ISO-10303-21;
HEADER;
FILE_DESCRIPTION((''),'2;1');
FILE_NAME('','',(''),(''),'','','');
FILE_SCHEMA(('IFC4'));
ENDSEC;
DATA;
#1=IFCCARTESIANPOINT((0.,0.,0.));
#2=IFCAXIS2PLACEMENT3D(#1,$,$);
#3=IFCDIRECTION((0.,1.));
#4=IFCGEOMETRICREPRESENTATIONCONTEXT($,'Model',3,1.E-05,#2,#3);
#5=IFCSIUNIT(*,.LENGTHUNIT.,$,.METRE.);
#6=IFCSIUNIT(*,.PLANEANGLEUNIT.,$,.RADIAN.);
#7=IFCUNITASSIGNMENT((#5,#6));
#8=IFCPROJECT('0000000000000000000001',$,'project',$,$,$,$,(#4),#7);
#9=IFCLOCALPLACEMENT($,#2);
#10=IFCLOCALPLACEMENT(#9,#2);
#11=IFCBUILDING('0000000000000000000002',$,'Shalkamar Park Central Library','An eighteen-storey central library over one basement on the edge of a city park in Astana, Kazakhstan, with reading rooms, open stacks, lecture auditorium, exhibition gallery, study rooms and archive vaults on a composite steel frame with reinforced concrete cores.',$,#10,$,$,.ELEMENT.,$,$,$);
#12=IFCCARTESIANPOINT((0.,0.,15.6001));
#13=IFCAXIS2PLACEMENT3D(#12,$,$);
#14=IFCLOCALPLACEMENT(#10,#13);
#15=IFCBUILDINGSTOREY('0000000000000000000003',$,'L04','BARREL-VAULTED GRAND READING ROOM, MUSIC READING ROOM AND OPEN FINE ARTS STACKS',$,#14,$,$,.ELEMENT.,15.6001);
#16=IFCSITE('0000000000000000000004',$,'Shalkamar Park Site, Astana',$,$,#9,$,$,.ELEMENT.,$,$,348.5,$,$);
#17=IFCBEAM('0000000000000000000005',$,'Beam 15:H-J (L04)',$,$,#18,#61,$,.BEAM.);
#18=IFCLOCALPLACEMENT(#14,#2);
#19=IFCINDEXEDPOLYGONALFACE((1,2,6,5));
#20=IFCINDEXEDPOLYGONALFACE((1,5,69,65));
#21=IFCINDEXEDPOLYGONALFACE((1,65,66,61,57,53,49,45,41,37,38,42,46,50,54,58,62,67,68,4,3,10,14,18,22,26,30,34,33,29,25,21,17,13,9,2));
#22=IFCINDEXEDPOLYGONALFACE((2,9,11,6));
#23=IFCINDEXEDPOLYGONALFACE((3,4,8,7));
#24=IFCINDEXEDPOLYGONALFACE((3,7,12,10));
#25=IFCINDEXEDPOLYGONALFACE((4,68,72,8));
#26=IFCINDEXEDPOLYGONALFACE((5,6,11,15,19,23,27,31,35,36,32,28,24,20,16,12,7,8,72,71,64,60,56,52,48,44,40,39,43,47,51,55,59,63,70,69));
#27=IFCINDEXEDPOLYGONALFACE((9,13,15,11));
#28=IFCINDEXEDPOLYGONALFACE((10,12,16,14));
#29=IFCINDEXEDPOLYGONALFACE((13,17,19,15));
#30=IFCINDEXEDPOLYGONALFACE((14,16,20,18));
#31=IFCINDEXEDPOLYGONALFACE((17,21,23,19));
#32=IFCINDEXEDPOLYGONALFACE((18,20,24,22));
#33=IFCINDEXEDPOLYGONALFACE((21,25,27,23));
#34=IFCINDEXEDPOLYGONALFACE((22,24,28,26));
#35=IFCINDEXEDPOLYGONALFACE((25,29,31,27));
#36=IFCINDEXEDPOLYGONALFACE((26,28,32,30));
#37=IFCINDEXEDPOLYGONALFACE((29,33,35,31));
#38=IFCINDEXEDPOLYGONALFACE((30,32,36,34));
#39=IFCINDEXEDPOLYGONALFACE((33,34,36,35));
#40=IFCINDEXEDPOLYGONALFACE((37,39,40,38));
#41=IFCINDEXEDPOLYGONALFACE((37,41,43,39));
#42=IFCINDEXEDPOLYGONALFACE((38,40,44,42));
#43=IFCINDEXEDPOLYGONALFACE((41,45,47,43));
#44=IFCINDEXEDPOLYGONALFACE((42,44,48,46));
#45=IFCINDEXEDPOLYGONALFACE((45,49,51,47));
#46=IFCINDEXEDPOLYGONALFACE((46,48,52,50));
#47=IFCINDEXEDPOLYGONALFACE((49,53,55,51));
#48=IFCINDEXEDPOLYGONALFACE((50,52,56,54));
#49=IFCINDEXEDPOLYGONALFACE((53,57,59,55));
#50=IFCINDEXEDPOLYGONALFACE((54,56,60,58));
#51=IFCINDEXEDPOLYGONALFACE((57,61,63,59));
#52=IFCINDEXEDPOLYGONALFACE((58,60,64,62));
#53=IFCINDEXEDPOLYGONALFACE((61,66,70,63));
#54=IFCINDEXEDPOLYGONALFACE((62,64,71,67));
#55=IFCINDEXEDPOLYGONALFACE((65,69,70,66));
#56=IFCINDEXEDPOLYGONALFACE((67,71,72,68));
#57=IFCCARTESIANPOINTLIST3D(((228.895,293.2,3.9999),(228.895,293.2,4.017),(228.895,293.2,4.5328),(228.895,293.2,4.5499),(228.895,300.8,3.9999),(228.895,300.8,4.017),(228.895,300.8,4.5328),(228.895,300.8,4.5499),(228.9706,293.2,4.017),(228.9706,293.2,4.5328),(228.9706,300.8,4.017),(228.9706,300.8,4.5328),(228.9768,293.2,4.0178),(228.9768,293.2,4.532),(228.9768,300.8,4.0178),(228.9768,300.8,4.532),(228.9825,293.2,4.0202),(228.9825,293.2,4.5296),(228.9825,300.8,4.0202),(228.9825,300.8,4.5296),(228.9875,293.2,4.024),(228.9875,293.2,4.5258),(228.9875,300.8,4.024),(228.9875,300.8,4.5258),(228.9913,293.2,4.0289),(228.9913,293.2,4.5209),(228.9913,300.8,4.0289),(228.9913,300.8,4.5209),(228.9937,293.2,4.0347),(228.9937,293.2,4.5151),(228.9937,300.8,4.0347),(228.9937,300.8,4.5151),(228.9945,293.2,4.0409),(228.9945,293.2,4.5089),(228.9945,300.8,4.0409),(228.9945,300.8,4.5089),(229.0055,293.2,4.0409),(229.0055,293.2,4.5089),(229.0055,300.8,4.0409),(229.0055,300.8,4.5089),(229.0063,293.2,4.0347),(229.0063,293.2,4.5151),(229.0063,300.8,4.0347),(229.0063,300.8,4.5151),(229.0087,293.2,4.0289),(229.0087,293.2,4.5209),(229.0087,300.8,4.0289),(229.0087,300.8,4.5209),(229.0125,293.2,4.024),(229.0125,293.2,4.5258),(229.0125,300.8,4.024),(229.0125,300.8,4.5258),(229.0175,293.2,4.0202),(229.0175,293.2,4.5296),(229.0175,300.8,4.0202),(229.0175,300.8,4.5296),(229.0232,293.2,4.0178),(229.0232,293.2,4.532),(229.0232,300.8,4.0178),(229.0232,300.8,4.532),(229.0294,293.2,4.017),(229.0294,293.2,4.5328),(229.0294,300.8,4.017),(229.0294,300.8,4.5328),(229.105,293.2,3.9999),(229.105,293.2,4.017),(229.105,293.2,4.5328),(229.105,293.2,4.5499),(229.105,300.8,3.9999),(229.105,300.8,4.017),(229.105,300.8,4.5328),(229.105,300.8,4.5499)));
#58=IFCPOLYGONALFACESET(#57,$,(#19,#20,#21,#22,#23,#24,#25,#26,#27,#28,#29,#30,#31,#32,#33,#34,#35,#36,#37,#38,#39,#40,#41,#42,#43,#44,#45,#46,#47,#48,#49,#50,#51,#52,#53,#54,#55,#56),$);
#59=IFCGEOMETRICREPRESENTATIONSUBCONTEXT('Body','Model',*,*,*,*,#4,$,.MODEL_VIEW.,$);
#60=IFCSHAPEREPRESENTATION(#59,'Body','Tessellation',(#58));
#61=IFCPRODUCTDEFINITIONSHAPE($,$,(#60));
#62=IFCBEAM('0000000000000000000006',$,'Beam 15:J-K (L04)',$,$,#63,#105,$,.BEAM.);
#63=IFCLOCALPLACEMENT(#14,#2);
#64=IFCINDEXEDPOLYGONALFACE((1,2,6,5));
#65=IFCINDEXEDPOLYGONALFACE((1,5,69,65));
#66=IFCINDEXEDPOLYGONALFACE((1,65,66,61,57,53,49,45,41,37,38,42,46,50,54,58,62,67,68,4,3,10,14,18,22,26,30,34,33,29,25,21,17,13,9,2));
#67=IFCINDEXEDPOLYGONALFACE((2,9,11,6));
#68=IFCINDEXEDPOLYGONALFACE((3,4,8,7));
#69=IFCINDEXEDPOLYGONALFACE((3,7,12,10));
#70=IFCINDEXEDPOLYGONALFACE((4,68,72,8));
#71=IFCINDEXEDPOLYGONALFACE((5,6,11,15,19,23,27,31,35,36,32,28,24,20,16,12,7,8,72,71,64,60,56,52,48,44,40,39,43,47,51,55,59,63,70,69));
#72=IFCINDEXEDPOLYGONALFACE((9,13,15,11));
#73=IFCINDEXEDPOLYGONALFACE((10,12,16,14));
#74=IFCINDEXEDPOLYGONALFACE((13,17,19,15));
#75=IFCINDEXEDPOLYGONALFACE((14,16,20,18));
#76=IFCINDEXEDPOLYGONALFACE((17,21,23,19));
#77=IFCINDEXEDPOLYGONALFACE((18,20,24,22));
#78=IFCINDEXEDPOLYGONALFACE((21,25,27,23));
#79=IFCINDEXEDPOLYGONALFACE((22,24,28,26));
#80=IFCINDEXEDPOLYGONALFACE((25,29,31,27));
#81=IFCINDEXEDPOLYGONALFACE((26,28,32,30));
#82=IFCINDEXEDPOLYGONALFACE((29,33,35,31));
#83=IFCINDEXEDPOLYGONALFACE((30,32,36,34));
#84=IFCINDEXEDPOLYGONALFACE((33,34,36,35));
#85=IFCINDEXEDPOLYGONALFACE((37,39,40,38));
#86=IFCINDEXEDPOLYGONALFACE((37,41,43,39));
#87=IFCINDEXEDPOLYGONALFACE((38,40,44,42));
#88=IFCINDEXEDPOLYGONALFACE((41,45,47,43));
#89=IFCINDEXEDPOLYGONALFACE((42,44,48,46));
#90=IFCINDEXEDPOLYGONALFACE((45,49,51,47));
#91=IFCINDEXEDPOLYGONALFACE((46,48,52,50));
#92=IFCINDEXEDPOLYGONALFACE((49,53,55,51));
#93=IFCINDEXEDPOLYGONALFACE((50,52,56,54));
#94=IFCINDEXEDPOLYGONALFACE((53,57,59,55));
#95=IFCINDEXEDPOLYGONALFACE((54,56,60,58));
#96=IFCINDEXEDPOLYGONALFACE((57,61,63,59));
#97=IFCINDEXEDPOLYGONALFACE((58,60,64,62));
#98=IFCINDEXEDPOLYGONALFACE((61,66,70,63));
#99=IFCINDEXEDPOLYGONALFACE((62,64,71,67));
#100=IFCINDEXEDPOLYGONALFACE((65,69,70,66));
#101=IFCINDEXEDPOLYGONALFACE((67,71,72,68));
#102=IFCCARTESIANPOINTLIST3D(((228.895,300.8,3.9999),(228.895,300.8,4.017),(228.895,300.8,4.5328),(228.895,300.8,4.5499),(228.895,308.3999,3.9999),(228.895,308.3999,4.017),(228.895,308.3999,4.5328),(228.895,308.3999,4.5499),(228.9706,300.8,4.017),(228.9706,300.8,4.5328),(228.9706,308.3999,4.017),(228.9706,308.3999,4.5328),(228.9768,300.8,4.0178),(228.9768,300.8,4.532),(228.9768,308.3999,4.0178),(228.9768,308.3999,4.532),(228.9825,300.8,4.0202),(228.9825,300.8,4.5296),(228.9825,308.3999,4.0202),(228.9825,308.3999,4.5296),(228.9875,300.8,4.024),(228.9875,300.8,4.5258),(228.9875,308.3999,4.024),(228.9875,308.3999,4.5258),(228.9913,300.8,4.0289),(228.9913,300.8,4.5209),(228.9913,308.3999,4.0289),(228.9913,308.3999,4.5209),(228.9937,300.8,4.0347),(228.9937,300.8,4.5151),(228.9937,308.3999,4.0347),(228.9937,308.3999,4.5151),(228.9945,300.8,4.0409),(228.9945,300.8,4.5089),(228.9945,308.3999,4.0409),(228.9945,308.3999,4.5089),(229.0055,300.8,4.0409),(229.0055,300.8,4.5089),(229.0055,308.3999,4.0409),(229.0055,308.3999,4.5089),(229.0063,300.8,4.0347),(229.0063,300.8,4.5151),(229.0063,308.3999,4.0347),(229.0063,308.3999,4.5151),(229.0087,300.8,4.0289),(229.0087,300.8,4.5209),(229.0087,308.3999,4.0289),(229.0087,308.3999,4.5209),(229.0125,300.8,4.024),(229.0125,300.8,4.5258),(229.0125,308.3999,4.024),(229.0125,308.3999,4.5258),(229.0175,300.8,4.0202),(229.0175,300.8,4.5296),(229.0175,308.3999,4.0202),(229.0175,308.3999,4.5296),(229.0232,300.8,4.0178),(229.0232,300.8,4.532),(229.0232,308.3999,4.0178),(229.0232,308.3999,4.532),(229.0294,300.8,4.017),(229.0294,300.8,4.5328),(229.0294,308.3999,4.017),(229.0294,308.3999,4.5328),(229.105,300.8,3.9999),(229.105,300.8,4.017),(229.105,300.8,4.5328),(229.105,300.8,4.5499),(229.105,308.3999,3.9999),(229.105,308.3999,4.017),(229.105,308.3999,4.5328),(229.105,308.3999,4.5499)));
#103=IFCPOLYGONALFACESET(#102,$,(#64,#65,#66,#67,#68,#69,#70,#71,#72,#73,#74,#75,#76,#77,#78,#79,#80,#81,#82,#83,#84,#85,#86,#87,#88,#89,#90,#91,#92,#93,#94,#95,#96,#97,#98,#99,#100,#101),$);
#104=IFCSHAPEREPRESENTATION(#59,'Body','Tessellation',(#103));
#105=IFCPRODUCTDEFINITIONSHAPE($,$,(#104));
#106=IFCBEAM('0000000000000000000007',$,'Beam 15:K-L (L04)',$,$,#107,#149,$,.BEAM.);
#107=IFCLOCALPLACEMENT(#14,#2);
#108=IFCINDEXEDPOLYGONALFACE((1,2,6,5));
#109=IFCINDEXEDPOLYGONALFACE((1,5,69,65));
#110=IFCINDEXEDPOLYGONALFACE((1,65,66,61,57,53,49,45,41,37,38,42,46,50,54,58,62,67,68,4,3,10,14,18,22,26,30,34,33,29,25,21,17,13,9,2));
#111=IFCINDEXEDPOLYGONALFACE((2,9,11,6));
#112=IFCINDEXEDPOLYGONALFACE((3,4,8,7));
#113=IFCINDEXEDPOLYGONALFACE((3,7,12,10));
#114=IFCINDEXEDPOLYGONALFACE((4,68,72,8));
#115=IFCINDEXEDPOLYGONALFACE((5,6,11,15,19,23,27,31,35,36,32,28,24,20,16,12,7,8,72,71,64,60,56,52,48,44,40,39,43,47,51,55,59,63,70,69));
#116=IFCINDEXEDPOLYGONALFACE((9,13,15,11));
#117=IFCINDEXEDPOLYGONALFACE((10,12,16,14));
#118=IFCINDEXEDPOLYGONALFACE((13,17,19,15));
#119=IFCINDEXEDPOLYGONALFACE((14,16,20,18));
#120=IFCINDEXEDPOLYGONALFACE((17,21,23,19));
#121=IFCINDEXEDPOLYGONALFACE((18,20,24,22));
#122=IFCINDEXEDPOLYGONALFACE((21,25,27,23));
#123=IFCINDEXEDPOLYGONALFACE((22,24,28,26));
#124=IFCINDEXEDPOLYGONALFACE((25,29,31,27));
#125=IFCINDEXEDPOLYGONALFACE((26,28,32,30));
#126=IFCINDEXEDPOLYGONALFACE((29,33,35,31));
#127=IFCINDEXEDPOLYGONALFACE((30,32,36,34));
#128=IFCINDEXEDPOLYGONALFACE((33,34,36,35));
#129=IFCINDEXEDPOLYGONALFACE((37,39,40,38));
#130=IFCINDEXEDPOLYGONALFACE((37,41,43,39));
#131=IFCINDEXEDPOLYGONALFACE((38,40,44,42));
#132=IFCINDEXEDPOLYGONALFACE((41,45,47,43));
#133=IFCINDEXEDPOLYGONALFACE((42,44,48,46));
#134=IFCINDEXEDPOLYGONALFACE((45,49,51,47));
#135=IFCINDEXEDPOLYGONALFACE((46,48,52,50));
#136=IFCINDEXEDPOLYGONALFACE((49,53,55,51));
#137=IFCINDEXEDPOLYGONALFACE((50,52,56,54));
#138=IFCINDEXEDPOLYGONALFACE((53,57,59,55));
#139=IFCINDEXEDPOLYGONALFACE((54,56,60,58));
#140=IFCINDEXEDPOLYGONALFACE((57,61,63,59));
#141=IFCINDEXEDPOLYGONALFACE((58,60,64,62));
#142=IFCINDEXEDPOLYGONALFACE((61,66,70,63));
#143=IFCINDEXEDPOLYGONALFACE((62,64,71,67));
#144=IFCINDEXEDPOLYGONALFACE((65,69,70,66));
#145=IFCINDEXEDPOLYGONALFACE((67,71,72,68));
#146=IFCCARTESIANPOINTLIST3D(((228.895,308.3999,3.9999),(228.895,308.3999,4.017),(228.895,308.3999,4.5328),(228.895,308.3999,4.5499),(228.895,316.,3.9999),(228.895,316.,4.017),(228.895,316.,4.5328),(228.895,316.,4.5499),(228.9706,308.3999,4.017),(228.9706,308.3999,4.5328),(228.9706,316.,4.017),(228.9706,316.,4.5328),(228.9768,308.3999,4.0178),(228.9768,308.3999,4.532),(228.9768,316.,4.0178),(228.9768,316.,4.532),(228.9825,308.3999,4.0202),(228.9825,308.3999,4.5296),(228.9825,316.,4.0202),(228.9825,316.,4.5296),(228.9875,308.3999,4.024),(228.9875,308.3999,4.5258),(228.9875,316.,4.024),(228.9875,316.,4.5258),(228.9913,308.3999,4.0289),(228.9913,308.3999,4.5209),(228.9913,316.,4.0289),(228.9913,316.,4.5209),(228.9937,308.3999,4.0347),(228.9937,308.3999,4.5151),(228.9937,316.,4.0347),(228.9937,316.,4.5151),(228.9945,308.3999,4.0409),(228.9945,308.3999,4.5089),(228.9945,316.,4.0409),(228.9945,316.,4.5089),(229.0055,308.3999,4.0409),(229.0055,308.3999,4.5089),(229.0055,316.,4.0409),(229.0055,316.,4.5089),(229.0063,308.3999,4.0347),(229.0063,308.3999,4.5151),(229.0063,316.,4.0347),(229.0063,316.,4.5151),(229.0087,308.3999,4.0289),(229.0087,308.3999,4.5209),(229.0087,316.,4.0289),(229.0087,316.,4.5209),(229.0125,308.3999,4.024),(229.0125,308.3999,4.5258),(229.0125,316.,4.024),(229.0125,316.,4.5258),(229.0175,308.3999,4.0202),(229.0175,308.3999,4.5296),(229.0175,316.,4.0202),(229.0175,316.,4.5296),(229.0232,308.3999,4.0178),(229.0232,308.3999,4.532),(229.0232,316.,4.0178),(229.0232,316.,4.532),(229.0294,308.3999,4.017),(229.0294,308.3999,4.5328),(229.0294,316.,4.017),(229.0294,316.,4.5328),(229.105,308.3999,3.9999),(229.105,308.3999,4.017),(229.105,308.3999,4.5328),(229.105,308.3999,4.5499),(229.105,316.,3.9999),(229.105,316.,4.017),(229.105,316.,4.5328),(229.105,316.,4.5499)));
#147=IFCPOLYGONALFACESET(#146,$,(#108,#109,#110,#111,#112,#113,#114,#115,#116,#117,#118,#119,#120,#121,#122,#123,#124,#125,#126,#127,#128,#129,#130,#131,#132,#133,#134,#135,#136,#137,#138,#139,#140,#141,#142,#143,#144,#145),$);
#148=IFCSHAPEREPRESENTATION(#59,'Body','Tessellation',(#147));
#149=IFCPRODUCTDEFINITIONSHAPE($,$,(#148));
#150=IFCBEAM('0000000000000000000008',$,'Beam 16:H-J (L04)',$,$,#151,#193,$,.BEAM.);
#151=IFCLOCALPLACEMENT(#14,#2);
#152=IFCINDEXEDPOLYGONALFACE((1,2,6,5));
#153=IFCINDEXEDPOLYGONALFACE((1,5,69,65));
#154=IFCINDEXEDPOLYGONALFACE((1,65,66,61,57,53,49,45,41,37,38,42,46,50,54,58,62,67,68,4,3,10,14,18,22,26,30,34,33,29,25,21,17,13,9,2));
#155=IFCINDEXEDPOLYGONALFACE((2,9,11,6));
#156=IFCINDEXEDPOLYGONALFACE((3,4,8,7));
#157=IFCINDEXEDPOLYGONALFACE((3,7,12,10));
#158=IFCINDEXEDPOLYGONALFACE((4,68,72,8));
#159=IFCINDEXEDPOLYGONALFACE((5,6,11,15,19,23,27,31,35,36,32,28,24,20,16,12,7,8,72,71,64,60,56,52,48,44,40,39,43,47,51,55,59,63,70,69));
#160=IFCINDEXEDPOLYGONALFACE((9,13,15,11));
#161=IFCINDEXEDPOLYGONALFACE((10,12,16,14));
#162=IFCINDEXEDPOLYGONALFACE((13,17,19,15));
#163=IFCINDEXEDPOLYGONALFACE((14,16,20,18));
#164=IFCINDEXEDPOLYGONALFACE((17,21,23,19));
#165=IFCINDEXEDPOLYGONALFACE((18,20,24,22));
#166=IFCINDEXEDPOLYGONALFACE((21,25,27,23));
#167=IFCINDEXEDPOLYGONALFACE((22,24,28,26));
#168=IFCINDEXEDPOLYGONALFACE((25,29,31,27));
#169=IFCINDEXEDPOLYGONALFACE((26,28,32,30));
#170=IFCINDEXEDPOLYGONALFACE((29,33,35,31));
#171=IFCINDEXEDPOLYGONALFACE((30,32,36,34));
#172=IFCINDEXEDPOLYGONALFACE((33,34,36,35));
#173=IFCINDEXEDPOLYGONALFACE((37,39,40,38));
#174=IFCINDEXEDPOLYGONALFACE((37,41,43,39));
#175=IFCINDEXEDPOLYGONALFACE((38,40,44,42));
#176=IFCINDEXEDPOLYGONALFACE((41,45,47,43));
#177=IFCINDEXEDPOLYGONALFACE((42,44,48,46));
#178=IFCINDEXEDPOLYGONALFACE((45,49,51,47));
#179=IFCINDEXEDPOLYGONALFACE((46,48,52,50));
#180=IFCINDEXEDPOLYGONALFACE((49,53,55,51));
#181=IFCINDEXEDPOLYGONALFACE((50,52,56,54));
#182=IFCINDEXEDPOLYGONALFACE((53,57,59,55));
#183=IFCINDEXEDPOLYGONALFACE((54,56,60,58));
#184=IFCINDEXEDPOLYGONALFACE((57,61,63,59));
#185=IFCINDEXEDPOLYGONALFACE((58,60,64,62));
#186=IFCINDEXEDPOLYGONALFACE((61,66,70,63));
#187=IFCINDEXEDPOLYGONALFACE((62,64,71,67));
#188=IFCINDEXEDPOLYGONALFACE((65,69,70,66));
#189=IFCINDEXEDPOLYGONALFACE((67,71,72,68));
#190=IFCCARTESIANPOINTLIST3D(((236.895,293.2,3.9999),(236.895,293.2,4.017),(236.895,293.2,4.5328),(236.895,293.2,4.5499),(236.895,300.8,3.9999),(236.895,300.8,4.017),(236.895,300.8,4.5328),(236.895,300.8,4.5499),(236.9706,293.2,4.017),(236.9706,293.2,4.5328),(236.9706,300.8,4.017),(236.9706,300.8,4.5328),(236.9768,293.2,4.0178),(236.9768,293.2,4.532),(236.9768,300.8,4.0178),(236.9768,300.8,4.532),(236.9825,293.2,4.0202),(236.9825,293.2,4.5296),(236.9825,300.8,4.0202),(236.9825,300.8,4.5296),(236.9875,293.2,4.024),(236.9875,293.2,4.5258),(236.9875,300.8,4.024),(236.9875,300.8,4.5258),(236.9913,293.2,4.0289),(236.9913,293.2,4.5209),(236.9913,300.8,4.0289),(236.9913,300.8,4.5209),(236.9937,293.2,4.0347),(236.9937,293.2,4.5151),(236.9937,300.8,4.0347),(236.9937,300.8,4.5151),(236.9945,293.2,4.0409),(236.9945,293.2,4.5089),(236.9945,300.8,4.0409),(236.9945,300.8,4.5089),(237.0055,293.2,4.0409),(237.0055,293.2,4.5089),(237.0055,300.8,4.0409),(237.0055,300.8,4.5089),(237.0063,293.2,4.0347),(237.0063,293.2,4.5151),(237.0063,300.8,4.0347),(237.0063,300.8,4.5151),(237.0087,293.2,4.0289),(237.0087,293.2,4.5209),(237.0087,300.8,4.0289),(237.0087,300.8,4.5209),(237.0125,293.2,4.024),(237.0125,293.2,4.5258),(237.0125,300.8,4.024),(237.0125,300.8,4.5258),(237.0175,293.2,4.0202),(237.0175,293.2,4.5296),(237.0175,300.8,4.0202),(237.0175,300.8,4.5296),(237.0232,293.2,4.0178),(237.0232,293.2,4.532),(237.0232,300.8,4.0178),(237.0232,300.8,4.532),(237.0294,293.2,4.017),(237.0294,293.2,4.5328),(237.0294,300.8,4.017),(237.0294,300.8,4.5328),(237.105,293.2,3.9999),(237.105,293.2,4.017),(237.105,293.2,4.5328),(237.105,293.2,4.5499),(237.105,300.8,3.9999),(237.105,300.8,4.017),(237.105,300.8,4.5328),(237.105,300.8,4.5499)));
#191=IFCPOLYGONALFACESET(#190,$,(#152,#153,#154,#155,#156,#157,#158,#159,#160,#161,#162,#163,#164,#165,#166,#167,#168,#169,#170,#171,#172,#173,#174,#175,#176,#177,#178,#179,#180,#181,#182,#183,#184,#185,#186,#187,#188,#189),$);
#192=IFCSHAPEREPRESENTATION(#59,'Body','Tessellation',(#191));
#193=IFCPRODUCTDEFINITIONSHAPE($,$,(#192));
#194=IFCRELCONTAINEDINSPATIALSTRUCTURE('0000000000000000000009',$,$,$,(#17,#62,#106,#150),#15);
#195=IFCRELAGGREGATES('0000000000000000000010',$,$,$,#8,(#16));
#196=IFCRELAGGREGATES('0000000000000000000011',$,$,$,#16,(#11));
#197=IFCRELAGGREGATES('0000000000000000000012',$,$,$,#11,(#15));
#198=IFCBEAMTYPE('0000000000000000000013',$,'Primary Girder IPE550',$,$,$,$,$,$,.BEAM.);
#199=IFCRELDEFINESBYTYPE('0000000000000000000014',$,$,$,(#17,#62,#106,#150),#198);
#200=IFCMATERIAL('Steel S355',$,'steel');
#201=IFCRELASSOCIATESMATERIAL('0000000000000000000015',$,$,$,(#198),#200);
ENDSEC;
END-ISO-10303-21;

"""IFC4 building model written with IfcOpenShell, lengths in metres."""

from ifc_helpers import new_model, si_unit, direction, frame, origin, origin_2d, place, context, subcontext, project, spatial, i_section, extrude, material, material_profile, profile_set, type_object, element, save


model = new_model("IFC4")

# Units and contexts
model_context = context("Model", 3, precision=1e-05, world=origin(), true_north=direction((0.0, 1.0)))
body_context = subcontext(model_context, "Body", "Model", "MODEL_VIEW")
ifc_project = project(units=[si_unit("LENGTHUNIT", "METRE"), si_unit("PLANEANGLEUNIT", "RADIAN")], contexts=[model_context])

# Site, building, storey
site_placement = place(None, origin())
site = spatial("IfcSite", under=ifc_project, at=site_placement, Name="Shalkamar Park Site, Astana", CompositionType="ELEMENT", RefElevation=348.5)
building_placement = place(site_placement, origin())
building = spatial("IfcBuilding", under=site, at=building_placement, Name="Shalkamar Park Central Library", Description="An eighteen-storey central library over one basement on the edge of a city park in Astana, Kazakhstan, with reading rooms, open stacks, lecture auditorium, exhibition gallery, study rooms and archive vaults on a composite steel frame with reinforced concrete cores.", CompositionType="ELEMENT")
storey_placement = place(building_placement, frame((0.0, 0.0, 15.6001)))
storey = spatial("IfcBuildingStorey", under=building, at=storey_placement, Name="L04", Description="BARREL-VAULTED GRAND READING ROOM, MUSIC READING ROOM AND OPEN FINE ARTS STACKS", CompositionType="ELEMENT", Elevation=15.6001)

# Shared definitions
ifc_material = material(Name="Steel S355", Category="steel")

# Beams
ifc_material_profile_1 = material_profile(ifc_material, i_section(OverallWidth=0.21, OverallDepth=0.55, WebThickness=0.011, FlangeThickness=0.0171, FilletRadius=0.0239, at=origin_2d()), Name="IPE 550")
ifc_profile_set_1 = profile_set([ifc_material_profile_1], Name="Steel S355")
beam_type_1 = type_object("IfcBeamType", Name="Primary Girder IPE550", PredefinedType="BEAM", material=ifc_profile_set_1)
beam_1_placement = place(storey_placement, frame((229.0, 293.2, 4.2749), z_axis=(0.0, 1.0, 0.0), x_axis=(-1.0, 0.0, 0.0)))
element("IfcBeam", 1, at=beam_1_placement, inside=storey, type_object=beam_type_1, Name="Beam 15:H-J (L04)", PredefinedType="BEAM", context=body_context, shape_type="SweptSolid", body=[
    extrude(i_section(OverallWidth=0.21, OverallDepth=0.55, WebThickness=0.011, FlangeThickness=0.0171, FilletRadius=0.0239, at=origin_2d()), origin(), (0.0, 0.0, 1.0), 7.6001),
])
beam_2_placement = place(storey_placement, frame((229.0, 300.8, 4.2749), z_axis=(0.0, 1.0, 0.0), x_axis=(-1.0, 0.0, 0.0)))
element("IfcBeam", 2, at=beam_2_placement, inside=storey, type_object=beam_type_1, Name="Beam 15:J-K (L04)", PredefinedType="BEAM", context=body_context, shape_type="SweptSolid", body=[
    extrude(i_section(OverallWidth=0.21, OverallDepth=0.55, WebThickness=0.011, FlangeThickness=0.0171, FilletRadius=0.0239, at=origin_2d()), origin(), (0.0, 0.0, 1.0), 7.5999),
])
for number, where, z_axis, x_axis, name in (
    (3, (229.0, 308.3999, 4.2749), (0.0, 1.0, 0.0), (-1.0, 0.0, 0.0), "Beam 15:K-L (L04)"),
    (4, (237.0, 293.2, 4.2749), (0.0, 1.0, 0.0), (-1.0, 0.0, 0.0), "Beam 16:H-J (L04)"),
):
    element("IfcBeam", number, at=place(storey_placement, frame(where, z_axis=z_axis, x_axis=x_axis)), inside=storey, type_object=beam_type_1, Name=name, PredefinedType="BEAM", context=body_context, shape_type="SweptSolid", body=[
        extrude(i_section(OverallWidth=0.21, OverallDepth=0.55, WebThickness=0.011, FlangeThickness=0.0171, FilletRadius=0.0239, at=origin_2d()), origin(), (0.0, 0.0, 1.0), 7.6001),
    ])

save(model, "model.ifc")
